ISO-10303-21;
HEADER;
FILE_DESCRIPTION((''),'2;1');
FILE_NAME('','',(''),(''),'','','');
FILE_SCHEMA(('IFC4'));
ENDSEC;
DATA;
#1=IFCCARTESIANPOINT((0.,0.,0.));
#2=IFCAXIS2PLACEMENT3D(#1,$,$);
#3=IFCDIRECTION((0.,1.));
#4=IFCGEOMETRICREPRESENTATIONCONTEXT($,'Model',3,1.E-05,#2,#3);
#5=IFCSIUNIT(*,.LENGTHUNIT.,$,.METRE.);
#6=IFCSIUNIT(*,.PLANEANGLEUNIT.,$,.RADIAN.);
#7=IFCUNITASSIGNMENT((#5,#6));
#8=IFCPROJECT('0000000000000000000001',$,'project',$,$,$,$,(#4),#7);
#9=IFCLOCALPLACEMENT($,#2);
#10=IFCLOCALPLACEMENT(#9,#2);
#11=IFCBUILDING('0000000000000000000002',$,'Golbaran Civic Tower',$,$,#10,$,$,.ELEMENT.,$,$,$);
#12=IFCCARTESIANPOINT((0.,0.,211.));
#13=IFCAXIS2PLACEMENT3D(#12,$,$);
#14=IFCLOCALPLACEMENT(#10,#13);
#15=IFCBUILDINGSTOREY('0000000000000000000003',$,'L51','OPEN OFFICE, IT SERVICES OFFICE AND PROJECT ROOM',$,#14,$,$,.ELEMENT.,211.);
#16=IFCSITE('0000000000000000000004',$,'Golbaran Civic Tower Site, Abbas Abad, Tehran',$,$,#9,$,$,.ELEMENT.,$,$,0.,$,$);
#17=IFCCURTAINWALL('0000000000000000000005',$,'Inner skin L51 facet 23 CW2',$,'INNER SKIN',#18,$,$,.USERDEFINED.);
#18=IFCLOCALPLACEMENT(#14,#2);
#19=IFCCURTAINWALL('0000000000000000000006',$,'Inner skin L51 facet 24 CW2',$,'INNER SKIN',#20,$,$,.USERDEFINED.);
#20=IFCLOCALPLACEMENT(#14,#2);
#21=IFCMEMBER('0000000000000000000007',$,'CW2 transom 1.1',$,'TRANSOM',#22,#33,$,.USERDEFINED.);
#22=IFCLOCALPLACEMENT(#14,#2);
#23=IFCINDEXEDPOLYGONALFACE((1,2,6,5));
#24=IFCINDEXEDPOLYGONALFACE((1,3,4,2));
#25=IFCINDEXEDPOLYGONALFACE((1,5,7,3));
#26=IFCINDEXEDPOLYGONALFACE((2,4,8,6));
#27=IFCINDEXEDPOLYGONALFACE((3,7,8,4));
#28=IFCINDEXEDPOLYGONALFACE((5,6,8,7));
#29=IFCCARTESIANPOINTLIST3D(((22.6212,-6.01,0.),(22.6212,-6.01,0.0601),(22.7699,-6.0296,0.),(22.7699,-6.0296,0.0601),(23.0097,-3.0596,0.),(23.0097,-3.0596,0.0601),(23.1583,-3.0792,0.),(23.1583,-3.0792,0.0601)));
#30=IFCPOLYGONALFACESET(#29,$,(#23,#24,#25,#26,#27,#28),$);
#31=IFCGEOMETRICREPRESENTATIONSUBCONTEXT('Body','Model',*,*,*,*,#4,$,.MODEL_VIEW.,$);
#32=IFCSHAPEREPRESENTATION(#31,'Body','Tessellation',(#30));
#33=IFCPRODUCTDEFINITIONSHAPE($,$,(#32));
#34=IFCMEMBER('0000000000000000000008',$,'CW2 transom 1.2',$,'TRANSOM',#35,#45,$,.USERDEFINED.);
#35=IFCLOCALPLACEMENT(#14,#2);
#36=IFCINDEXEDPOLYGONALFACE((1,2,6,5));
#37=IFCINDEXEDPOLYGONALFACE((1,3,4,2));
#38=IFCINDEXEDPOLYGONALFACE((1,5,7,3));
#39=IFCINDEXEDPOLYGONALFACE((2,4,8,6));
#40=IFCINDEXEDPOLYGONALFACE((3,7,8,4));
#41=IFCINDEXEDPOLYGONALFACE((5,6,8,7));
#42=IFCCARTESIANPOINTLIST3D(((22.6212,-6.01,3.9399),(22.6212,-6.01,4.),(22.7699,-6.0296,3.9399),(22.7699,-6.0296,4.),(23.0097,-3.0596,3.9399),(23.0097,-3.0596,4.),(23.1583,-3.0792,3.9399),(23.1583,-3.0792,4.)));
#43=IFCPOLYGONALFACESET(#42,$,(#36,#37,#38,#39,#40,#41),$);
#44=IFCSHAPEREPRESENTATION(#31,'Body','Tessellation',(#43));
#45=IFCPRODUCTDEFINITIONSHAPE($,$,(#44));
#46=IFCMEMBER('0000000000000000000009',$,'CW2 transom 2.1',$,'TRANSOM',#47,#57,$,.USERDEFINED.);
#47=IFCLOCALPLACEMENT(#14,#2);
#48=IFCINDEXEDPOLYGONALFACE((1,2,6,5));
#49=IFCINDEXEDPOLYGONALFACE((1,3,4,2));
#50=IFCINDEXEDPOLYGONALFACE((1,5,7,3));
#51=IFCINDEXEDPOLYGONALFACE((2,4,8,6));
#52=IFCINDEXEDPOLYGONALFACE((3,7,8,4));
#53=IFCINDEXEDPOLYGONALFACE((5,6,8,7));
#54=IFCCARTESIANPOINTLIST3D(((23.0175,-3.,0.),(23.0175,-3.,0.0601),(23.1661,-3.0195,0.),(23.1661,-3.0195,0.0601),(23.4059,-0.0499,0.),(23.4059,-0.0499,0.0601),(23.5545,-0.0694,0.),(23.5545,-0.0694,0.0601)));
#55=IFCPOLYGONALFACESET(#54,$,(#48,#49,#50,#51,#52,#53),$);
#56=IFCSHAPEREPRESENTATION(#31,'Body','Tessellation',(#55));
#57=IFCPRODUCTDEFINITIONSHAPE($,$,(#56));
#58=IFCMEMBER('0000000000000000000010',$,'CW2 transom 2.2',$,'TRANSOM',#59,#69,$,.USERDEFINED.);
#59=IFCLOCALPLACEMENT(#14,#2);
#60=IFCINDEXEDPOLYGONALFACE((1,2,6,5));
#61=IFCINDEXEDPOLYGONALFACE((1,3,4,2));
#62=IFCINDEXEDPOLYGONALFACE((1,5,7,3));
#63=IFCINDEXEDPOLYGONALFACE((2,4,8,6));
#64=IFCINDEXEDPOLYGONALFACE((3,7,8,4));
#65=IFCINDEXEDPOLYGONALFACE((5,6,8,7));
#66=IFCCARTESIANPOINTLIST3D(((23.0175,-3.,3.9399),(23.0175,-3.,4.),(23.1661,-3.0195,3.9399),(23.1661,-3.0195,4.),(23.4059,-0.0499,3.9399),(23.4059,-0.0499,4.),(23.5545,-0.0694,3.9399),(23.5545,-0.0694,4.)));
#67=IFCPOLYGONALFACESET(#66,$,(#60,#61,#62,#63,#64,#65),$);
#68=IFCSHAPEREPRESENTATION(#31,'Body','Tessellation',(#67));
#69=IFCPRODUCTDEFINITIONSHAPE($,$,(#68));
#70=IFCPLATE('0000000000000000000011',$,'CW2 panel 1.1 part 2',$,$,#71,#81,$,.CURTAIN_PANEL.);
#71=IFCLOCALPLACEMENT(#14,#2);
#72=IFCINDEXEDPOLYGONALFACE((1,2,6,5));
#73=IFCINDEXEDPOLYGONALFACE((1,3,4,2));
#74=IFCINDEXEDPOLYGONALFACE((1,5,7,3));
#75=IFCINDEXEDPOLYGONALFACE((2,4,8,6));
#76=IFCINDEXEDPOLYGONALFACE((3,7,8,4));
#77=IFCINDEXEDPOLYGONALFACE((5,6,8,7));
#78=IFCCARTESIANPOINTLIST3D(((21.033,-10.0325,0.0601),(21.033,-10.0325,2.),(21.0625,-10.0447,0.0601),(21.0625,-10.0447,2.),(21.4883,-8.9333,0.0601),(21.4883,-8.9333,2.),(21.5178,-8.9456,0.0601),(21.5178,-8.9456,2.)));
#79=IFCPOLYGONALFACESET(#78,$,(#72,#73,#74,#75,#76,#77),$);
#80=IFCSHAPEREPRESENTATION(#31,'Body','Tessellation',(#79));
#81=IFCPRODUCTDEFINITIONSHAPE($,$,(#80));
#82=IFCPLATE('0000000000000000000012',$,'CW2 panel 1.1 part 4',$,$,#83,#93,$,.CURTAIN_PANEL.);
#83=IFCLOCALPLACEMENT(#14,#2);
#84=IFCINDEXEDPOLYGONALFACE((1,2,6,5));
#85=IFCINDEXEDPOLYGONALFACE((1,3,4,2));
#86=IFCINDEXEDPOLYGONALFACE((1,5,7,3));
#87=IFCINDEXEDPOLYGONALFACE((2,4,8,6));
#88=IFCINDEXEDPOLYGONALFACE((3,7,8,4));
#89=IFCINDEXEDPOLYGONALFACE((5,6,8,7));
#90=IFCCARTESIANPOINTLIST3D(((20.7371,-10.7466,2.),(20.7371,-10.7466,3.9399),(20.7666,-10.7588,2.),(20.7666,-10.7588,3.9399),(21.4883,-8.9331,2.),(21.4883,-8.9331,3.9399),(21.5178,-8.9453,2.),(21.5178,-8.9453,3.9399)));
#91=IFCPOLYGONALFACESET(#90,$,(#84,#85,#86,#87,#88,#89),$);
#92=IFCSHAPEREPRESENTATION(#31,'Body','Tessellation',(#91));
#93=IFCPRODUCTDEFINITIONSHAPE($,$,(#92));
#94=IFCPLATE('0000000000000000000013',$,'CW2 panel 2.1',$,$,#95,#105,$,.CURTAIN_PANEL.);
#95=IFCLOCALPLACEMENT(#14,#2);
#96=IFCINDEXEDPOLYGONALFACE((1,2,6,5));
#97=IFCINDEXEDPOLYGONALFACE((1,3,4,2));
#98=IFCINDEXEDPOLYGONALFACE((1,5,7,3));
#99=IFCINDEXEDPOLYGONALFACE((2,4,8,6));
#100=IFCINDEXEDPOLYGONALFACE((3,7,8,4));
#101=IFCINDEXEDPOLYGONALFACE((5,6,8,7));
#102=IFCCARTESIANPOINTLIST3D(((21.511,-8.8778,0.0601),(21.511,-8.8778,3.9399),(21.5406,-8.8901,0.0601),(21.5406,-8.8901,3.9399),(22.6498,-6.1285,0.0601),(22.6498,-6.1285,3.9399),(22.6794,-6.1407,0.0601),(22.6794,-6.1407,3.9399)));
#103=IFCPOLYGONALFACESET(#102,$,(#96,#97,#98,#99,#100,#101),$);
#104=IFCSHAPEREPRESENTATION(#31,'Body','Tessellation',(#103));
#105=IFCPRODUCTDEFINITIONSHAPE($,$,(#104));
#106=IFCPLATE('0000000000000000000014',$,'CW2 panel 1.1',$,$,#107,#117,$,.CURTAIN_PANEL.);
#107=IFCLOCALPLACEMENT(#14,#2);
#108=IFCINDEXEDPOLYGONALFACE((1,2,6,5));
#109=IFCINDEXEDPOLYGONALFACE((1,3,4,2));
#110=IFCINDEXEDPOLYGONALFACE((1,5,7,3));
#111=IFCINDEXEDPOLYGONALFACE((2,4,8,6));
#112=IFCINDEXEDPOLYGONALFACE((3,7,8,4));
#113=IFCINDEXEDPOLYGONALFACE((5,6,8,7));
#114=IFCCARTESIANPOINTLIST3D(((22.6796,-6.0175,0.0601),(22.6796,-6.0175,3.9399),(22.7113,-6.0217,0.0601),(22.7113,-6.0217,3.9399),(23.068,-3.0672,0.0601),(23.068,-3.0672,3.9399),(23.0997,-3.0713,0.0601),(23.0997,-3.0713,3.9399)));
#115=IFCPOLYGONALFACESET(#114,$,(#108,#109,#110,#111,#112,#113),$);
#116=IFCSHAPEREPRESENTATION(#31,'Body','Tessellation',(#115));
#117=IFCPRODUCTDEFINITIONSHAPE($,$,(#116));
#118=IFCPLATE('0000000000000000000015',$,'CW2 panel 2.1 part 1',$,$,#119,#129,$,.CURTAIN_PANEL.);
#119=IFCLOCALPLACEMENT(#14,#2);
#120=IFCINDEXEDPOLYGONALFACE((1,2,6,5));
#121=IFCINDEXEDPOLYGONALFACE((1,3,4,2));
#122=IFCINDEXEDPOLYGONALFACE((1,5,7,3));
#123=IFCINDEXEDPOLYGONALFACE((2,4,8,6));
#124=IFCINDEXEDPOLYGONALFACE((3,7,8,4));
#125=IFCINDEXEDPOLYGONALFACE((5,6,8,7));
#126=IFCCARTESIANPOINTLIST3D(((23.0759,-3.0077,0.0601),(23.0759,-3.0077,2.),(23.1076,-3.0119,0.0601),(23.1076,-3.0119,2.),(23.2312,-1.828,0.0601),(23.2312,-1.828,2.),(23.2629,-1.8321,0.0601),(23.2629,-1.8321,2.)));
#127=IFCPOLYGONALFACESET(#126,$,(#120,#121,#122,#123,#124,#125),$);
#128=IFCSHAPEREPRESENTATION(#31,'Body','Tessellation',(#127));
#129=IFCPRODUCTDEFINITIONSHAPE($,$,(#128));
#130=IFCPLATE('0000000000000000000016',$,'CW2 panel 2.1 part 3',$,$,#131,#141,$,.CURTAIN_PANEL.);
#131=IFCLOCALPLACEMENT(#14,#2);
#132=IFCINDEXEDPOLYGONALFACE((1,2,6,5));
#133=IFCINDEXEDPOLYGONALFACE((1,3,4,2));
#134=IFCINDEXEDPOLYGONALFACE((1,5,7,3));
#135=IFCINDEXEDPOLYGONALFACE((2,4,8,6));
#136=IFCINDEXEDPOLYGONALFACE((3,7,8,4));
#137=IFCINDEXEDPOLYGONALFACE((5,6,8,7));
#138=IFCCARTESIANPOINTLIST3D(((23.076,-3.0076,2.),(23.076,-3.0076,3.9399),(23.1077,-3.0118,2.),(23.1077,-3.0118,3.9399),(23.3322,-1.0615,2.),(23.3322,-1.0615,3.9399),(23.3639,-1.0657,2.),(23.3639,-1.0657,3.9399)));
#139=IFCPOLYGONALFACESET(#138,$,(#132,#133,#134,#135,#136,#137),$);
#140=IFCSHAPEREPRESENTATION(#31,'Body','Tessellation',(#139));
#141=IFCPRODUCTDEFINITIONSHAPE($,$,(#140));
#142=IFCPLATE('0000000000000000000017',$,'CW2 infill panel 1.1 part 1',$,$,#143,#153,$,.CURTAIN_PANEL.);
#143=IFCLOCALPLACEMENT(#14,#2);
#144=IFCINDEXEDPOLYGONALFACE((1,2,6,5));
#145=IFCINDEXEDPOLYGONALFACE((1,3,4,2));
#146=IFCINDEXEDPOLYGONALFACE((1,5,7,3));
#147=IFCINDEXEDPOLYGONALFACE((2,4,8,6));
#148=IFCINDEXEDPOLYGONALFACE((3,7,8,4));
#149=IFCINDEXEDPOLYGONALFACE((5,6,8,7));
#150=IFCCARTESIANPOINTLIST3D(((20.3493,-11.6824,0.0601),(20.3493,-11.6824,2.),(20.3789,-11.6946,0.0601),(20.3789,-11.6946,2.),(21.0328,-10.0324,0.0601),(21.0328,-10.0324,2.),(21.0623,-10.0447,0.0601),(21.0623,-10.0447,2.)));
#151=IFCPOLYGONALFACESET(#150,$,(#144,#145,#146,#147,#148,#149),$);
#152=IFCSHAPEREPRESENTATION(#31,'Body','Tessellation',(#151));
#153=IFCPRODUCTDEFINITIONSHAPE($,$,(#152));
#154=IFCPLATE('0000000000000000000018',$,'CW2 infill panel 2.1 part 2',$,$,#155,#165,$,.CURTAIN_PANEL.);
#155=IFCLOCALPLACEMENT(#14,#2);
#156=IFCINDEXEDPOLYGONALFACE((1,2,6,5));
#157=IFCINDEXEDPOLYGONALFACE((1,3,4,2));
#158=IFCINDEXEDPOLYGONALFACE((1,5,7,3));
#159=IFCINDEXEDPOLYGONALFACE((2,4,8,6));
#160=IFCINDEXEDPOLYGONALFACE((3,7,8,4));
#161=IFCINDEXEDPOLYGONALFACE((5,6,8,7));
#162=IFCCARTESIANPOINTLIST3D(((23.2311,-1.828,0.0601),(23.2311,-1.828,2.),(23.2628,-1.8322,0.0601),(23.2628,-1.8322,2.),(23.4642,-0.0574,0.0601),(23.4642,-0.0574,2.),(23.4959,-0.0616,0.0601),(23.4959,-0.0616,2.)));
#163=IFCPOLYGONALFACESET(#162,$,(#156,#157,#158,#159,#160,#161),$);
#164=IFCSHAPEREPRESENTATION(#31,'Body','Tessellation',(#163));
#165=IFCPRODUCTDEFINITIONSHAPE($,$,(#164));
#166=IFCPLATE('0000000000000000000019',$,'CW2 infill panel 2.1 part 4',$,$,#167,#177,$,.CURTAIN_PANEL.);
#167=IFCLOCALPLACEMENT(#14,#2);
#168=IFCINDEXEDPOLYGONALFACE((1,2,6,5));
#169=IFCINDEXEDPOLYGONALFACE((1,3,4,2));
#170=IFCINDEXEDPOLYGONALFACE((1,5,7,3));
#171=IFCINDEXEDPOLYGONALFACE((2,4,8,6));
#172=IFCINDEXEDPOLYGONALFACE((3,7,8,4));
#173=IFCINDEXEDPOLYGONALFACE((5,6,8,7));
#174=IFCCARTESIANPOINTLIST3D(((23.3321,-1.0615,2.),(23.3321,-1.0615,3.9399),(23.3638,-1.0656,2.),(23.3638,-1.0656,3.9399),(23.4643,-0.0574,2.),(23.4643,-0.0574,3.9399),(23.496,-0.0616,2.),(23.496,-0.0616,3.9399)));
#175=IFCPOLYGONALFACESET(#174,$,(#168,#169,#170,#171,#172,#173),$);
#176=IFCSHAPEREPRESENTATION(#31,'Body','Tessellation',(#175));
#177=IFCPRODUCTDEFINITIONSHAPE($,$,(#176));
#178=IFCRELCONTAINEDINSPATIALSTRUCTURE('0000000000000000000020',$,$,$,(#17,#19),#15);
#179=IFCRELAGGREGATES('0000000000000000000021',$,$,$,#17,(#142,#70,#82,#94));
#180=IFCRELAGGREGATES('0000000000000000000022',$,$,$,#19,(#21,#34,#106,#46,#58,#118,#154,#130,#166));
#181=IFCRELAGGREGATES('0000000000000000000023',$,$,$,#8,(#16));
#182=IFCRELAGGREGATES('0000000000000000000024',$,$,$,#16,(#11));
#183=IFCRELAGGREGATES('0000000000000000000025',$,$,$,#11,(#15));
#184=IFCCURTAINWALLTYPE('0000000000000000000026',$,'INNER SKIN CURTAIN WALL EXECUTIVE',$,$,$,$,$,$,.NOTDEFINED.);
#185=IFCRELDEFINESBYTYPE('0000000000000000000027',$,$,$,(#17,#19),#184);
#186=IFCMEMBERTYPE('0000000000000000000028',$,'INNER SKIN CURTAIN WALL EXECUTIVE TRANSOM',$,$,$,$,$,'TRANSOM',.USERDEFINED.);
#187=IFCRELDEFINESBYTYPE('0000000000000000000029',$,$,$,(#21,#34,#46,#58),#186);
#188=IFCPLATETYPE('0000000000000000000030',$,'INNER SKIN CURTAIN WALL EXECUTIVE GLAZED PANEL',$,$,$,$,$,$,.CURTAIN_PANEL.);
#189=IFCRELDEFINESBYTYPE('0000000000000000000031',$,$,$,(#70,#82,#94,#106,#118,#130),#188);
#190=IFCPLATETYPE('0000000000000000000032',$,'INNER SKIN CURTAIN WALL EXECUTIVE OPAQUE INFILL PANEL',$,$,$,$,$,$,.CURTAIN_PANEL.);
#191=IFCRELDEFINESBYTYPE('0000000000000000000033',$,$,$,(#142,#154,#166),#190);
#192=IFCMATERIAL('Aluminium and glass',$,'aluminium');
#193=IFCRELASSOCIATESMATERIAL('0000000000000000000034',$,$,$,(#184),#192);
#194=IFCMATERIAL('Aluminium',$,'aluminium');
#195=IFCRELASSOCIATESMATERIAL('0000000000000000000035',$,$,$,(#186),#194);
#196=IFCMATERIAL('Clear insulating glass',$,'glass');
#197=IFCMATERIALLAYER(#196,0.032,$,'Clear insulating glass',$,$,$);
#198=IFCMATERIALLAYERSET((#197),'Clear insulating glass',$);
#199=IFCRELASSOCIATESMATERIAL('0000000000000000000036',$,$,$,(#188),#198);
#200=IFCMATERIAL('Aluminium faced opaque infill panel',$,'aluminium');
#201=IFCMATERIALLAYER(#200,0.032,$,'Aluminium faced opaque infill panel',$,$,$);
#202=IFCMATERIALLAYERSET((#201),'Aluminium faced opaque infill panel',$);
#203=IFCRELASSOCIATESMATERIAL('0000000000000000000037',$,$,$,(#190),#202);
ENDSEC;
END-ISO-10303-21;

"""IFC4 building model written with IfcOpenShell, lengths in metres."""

from ifc_helpers import new_model, si_unit, direction, frame, origin, origin_2d, place, context, subcontext, project, spatial, rectangle, extrude, material, layer, layer_set, material_profile, profile_set, type_object, element, aggregate, save


model = new_model("IFC4")

# Units and contexts
model_context = context("Model", 3, precision=1e-05, world=origin(), true_north=direction((0.0, 1.0)))
body_context = subcontext(model_context, "Body", "Model", "MODEL_VIEW")
ifc_project = project(units=[si_unit("LENGTHUNIT", "METRE"), si_unit("PLANEANGLEUNIT", "RADIAN")], contexts=[model_context])

# Site, building, storey
site_placement = place(None, origin())
site = spatial("IfcSite", under=ifc_project, at=site_placement, Name="Golbaran Civic Tower Site, Abbas Abad, Tehran", CompositionType="ELEMENT", RefElevation=0.0)
building_placement = place(site_placement, origin())
building = spatial("IfcBuilding", under=site, at=building_placement, Name="Golbaran Civic Tower", CompositionType="ELEMENT")
storey_placement = place(building_placement, frame((0.0, 0.0, 211.0)))
storey = spatial("IfcBuildingStorey", under=building, at=storey_placement, Name="L51", Description="OPEN OFFICE, IT SERVICES OFFICE AND PROJECT ROOM", CompositionType="ELEMENT", Elevation=211.0)

# Curtain walls
ifc_material_1 = material(Name="Aluminium and glass", Category="aluminium")
curtain_wall_type = type_object("IfcCurtainWallType", Name="INNER SKIN CURTAIN WALL EXECUTIVE", PredefinedType="NOTDEFINED", material=ifc_material_1)
curtain_wall_1_placement = place(storey_placement, origin())
curtain_wall_1 = element("IfcCurtainWall", 1, at=curtain_wall_1_placement, inside=storey, type_object=curtain_wall_type, Name="Inner skin L51 facet 23 CW2", ObjectType="INNER SKIN", PredefinedType="USERDEFINED")
ifc_material_2 = material(Name="Aluminium", Category="aluminium")
curtain_wall_2_placement = place(storey_placement, origin())
curtain_wall_2 = element("IfcCurtainWall", 2, at=curtain_wall_2_placement, inside=storey, type_object=curtain_wall_type, Name="Inner skin L51 facet 24 CW2", ObjectType="INNER SKIN", PredefinedType="USERDEFINED")

# Members
ifc_material_profile_1 = material_profile(ifc_material_2, rectangle(XDim=0.1499, YDim=0.0601, at=origin_2d()), Name="INNER SKIN CURTAIN WALL EXECUTIVE TRANSOM")
ifc_profile_set_1 = profile_set([ifc_material_profile_1], Name="Aluminium")
member_type_1 = type_object("IfcMemberType", Name="INNER SKIN CURTAIN WALL EXECUTIVE TRANSOM", ElementType="TRANSOM", PredefinedType="USERDEFINED", material=ifc_profile_set_1)
member_1_placement = place(storey_placement, frame((22.6956, -6.0198, 0.03), z_axis=(0.130525, 0.991445, 0.0), x_axis=(-0.991445, 0.130525, 0.0)))
member_1 = element("IfcMember", 3, at=member_1_placement, type_object=member_type_1, Name="CW2 transom 1.1", ObjectType="TRANSOM", PredefinedType="USERDEFINED", context=body_context, shape_type="SweptSolid", body=[
    extrude(rectangle(XDim=0.1499, YDim=0.0601, at=origin_2d()), origin(), (0.0, 0.0, 1.0), 2.9758),
])
member_2_placement = place(storey_placement, frame((22.6956, -6.0198, 3.97), z_axis=(0.130525, 0.991445, 0.0), x_axis=(-0.991445, 0.130525, 0.0)))
member_2 = element("IfcMember", 4, at=member_2_placement, type_object=member_type_1, Name="CW2 transom 1.2", ObjectType="TRANSOM", PredefinedType="USERDEFINED", context=body_context, shape_type="SweptSolid", body=[
    extrude(rectangle(XDim=0.1499, YDim=0.0601, at=origin_2d()), origin(), (0.0, 0.0, 1.0), 2.9758),
])
member_3_placement = place(storey_placement, frame((23.0918, -3.0098, 0.03), z_axis=(0.130535, 0.991444, 0.0), x_axis=(-0.991444, 0.130535, 0.0)))
member_3 = element("IfcMember", 5, at=member_3_placement, type_object=member_type_1, Name="CW2 transom 2.1", ObjectType="TRANSOM", PredefinedType="USERDEFINED", context=body_context, shape_type="SweptSolid", body=[
    extrude(rectangle(XDim=0.1499, YDim=0.0601, at=origin_2d()), origin(), (0.0, 0.0, 1.0), 2.9756),
])
member_4_placement = place(storey_placement, frame((23.0918, -3.0098, 3.97), z_axis=(0.130535, 0.991444, 0.0), x_axis=(-0.991444, 0.130535, 0.0)))
member_4 = element("IfcMember", 6, at=member_4_placement, type_object=member_type_1, Name="CW2 transom 2.2", ObjectType="TRANSOM", PredefinedType="USERDEFINED", context=body_context, shape_type="SweptSolid", body=[
    extrude(rectangle(XDim=0.1499, YDim=0.0601, at=origin_2d()), origin(), (0.0, 0.0, 1.0), 2.9756),
])

# Plates
ifc_material_3 = material(Name="Clear insulating glass", Category="glass")
ifc_layer_1 = layer(ifc_material_3, 0.032, Name="Clear insulating glass")
ifc_layer_set_1 = layer_set([ifc_layer_1], Name="Clear insulating glass")
plate_type_1 = type_object("IfcPlateType", Name="INNER SKIN CURTAIN WALL EXECUTIVE GLAZED PANEL", PredefinedType="CURTAIN_PANEL", material=ifc_layer_set_1)
plate_1_placement = place(storey_placement, frame((21.2754, -9.489, 0.0601), z_axis=(0.0, 0.0, 1.0), x_axis=(0.382683, 0.92388, 0.0)))
plate_1 = element("IfcPlate", 7, at=plate_1_placement, type_object=plate_type_1, Name="CW2 panel 1.1 part 2", PredefinedType="CURTAIN_PANEL", context=body_context, shape_type="SweptSolid", body=[
    extrude(rectangle(XDim=1.1897, YDim=0.032, at=origin_2d()), origin(), (0.0, 0.0, 1.0), 1.9399),
])
plate_2_placement = place(storey_placement, frame((21.1274, -9.8459, 2.0), z_axis=(0.0, 0.0, 1.0), x_axis=(0.382683, 0.92388, 0.0)))
plate_2 = element("IfcPlate", 8, at=plate_2_placement, type_object=plate_type_1, Name="CW2 panel 1.1 part 4", PredefinedType="CURTAIN_PANEL", context=body_context, shape_type="SweptSolid", body=[
    extrude(rectangle(XDim=1.9629, YDim=0.032, at=origin_2d()), origin(), (0.0, 0.0, 1.0), 1.9399),
])
plate_3_placement = place(storey_placement, frame((22.0952, -7.5093, 0.0601), z_axis=(0.0, 0.0, 1.0), x_axis=(0.382683, 0.92388, 0.0)))
plate_3 = element("IfcPlate", 9, at=plate_3_placement, type_object=plate_type_1, Name="CW2 panel 2.1", PredefinedType="CURTAIN_PANEL", context=body_context, shape_type="SweptSolid", body=[
    extrude(rectangle(XDim=2.9758, YDim=0.032, at=origin_2d()), origin(), (0.0, 0.0, 1.0), 3.8799),
])
plate_4_placement = place(storey_placement, frame((22.8896, -4.5444, 0.0601), z_axis=(0.0, 0.0, 1.0), x_axis=(0.130526, 0.991445, 0.0)))
plate_4 = element("IfcPlate", 10, at=plate_4_placement, type_object=plate_type_1, Name="CW2 panel 1.1", PredefinedType="CURTAIN_PANEL", context=body_context, shape_type="SweptSolid", body=[
    extrude(rectangle(XDim=2.9758, YDim=0.032, at=origin_2d()), origin(), (0.0, 0.0, 1.0), 3.8799),
])
plate_5_placement = place(storey_placement, frame((23.1694, -2.4199, 0.0601), z_axis=(0.0, 0.0, 1.0), x_axis=(0.130526, 0.991445, 0.0)))
plate_5 = element("IfcPlate", 11, at=plate_5_placement, type_object=plate_type_1, Name="CW2 panel 2.1 part 1", PredefinedType="CURTAIN_PANEL", context=body_context, shape_type="SweptSolid", body=[
    extrude(rectangle(XDim=1.1899, YDim=0.032, at=origin_2d()), origin(), (0.0, 0.0, 1.0), 1.9399),
])
plate_6_placement = place(storey_placement, frame((23.22, -2.0366, 2.0), z_axis=(0.0, 0.0, 1.0), x_axis=(0.130526, 0.991445, 0.0)))
plate_6 = element("IfcPlate", 12, at=plate_6_placement, type_object=plate_type_1, Name="CW2 panel 2.1 part 3", PredefinedType="CURTAIN_PANEL", context=body_context, shape_type="SweptSolid", body=[
    extrude(rectangle(XDim=1.9629, YDim=0.032, at=origin_2d()), origin(), (0.0, 0.0, 1.0), 1.9399),
])
ifc_material_4 = material(Name="Aluminium faced opaque infill panel", Category="aluminium")
ifc_layer_2 = layer(ifc_material_4, 0.032, Name="Aluminium faced opaque infill panel")
ifc_layer_set_2 = layer_set([ifc_layer_2], Name="Aluminium faced opaque infill panel")
plate_type_2 = type_object("IfcPlateType", Name="INNER SKIN CURTAIN WALL EXECUTIVE OPAQUE INFILL PANEL", PredefinedType="CURTAIN_PANEL", material=ifc_layer_set_2)
plate_7_placement = place(storey_placement, frame((20.7058, -10.8635, 0.0601), z_axis=(0.0, 0.0, 1.0), x_axis=(0.382683, 0.92388, 0.0)))
plate_7 = element("IfcPlate", 13, at=plate_7_placement, type_object=plate_type_2, Name="CW2 infill panel 1.1 part 1", PredefinedType="CURTAIN_PANEL", context=body_context, shape_type="SweptSolid", body=[
    extrude(rectangle(XDim=1.7859, YDim=0.032, at=origin_2d()), origin(), (0.0, 0.0, 1.0), 1.9399),
])
aggregate(curtain_wall_1, [plate_7, plate_1, plate_2, plate_3])
plate_8_placement = place(storey_placement, frame((23.3635, -0.9448, 0.0601), z_axis=(0.0, 0.0, 1.0), x_axis=(0.130526, 0.991445, 0.0)))
plate_8 = element("IfcPlate", 14, at=plate_8_placement, type_object=plate_type_2, Name="CW2 infill panel 2.1 part 2", PredefinedType="CURTAIN_PANEL", context=body_context, shape_type="SweptSolid", body=[
    extrude(rectangle(XDim=1.7859, YDim=0.032, at=origin_2d()), origin(), (0.0, 0.0, 1.0), 1.9399),
])
plate_9_placement = place(storey_placement, frame((23.4141, -0.5615, 2.0), z_axis=(0.0, 0.0, 1.0), x_axis=(0.130526, 0.991445, 0.0)))
plate_9 = element("IfcPlate", 15, at=plate_9_placement, type_object=plate_type_2, Name="CW2 infill panel 2.1 part 4", PredefinedType="CURTAIN_PANEL", context=body_context, shape_type="SweptSolid", body=[
    extrude(rectangle(XDim=1.0127, YDim=0.032, at=origin_2d()), origin(), (0.0, 0.0, 1.0), 1.9399),
])
aggregate(curtain_wall_2, [member_1, member_2, plate_4, member_3, member_4, plate_5, plate_8, plate_6, plate_9])

save(model, "model.ifc")
